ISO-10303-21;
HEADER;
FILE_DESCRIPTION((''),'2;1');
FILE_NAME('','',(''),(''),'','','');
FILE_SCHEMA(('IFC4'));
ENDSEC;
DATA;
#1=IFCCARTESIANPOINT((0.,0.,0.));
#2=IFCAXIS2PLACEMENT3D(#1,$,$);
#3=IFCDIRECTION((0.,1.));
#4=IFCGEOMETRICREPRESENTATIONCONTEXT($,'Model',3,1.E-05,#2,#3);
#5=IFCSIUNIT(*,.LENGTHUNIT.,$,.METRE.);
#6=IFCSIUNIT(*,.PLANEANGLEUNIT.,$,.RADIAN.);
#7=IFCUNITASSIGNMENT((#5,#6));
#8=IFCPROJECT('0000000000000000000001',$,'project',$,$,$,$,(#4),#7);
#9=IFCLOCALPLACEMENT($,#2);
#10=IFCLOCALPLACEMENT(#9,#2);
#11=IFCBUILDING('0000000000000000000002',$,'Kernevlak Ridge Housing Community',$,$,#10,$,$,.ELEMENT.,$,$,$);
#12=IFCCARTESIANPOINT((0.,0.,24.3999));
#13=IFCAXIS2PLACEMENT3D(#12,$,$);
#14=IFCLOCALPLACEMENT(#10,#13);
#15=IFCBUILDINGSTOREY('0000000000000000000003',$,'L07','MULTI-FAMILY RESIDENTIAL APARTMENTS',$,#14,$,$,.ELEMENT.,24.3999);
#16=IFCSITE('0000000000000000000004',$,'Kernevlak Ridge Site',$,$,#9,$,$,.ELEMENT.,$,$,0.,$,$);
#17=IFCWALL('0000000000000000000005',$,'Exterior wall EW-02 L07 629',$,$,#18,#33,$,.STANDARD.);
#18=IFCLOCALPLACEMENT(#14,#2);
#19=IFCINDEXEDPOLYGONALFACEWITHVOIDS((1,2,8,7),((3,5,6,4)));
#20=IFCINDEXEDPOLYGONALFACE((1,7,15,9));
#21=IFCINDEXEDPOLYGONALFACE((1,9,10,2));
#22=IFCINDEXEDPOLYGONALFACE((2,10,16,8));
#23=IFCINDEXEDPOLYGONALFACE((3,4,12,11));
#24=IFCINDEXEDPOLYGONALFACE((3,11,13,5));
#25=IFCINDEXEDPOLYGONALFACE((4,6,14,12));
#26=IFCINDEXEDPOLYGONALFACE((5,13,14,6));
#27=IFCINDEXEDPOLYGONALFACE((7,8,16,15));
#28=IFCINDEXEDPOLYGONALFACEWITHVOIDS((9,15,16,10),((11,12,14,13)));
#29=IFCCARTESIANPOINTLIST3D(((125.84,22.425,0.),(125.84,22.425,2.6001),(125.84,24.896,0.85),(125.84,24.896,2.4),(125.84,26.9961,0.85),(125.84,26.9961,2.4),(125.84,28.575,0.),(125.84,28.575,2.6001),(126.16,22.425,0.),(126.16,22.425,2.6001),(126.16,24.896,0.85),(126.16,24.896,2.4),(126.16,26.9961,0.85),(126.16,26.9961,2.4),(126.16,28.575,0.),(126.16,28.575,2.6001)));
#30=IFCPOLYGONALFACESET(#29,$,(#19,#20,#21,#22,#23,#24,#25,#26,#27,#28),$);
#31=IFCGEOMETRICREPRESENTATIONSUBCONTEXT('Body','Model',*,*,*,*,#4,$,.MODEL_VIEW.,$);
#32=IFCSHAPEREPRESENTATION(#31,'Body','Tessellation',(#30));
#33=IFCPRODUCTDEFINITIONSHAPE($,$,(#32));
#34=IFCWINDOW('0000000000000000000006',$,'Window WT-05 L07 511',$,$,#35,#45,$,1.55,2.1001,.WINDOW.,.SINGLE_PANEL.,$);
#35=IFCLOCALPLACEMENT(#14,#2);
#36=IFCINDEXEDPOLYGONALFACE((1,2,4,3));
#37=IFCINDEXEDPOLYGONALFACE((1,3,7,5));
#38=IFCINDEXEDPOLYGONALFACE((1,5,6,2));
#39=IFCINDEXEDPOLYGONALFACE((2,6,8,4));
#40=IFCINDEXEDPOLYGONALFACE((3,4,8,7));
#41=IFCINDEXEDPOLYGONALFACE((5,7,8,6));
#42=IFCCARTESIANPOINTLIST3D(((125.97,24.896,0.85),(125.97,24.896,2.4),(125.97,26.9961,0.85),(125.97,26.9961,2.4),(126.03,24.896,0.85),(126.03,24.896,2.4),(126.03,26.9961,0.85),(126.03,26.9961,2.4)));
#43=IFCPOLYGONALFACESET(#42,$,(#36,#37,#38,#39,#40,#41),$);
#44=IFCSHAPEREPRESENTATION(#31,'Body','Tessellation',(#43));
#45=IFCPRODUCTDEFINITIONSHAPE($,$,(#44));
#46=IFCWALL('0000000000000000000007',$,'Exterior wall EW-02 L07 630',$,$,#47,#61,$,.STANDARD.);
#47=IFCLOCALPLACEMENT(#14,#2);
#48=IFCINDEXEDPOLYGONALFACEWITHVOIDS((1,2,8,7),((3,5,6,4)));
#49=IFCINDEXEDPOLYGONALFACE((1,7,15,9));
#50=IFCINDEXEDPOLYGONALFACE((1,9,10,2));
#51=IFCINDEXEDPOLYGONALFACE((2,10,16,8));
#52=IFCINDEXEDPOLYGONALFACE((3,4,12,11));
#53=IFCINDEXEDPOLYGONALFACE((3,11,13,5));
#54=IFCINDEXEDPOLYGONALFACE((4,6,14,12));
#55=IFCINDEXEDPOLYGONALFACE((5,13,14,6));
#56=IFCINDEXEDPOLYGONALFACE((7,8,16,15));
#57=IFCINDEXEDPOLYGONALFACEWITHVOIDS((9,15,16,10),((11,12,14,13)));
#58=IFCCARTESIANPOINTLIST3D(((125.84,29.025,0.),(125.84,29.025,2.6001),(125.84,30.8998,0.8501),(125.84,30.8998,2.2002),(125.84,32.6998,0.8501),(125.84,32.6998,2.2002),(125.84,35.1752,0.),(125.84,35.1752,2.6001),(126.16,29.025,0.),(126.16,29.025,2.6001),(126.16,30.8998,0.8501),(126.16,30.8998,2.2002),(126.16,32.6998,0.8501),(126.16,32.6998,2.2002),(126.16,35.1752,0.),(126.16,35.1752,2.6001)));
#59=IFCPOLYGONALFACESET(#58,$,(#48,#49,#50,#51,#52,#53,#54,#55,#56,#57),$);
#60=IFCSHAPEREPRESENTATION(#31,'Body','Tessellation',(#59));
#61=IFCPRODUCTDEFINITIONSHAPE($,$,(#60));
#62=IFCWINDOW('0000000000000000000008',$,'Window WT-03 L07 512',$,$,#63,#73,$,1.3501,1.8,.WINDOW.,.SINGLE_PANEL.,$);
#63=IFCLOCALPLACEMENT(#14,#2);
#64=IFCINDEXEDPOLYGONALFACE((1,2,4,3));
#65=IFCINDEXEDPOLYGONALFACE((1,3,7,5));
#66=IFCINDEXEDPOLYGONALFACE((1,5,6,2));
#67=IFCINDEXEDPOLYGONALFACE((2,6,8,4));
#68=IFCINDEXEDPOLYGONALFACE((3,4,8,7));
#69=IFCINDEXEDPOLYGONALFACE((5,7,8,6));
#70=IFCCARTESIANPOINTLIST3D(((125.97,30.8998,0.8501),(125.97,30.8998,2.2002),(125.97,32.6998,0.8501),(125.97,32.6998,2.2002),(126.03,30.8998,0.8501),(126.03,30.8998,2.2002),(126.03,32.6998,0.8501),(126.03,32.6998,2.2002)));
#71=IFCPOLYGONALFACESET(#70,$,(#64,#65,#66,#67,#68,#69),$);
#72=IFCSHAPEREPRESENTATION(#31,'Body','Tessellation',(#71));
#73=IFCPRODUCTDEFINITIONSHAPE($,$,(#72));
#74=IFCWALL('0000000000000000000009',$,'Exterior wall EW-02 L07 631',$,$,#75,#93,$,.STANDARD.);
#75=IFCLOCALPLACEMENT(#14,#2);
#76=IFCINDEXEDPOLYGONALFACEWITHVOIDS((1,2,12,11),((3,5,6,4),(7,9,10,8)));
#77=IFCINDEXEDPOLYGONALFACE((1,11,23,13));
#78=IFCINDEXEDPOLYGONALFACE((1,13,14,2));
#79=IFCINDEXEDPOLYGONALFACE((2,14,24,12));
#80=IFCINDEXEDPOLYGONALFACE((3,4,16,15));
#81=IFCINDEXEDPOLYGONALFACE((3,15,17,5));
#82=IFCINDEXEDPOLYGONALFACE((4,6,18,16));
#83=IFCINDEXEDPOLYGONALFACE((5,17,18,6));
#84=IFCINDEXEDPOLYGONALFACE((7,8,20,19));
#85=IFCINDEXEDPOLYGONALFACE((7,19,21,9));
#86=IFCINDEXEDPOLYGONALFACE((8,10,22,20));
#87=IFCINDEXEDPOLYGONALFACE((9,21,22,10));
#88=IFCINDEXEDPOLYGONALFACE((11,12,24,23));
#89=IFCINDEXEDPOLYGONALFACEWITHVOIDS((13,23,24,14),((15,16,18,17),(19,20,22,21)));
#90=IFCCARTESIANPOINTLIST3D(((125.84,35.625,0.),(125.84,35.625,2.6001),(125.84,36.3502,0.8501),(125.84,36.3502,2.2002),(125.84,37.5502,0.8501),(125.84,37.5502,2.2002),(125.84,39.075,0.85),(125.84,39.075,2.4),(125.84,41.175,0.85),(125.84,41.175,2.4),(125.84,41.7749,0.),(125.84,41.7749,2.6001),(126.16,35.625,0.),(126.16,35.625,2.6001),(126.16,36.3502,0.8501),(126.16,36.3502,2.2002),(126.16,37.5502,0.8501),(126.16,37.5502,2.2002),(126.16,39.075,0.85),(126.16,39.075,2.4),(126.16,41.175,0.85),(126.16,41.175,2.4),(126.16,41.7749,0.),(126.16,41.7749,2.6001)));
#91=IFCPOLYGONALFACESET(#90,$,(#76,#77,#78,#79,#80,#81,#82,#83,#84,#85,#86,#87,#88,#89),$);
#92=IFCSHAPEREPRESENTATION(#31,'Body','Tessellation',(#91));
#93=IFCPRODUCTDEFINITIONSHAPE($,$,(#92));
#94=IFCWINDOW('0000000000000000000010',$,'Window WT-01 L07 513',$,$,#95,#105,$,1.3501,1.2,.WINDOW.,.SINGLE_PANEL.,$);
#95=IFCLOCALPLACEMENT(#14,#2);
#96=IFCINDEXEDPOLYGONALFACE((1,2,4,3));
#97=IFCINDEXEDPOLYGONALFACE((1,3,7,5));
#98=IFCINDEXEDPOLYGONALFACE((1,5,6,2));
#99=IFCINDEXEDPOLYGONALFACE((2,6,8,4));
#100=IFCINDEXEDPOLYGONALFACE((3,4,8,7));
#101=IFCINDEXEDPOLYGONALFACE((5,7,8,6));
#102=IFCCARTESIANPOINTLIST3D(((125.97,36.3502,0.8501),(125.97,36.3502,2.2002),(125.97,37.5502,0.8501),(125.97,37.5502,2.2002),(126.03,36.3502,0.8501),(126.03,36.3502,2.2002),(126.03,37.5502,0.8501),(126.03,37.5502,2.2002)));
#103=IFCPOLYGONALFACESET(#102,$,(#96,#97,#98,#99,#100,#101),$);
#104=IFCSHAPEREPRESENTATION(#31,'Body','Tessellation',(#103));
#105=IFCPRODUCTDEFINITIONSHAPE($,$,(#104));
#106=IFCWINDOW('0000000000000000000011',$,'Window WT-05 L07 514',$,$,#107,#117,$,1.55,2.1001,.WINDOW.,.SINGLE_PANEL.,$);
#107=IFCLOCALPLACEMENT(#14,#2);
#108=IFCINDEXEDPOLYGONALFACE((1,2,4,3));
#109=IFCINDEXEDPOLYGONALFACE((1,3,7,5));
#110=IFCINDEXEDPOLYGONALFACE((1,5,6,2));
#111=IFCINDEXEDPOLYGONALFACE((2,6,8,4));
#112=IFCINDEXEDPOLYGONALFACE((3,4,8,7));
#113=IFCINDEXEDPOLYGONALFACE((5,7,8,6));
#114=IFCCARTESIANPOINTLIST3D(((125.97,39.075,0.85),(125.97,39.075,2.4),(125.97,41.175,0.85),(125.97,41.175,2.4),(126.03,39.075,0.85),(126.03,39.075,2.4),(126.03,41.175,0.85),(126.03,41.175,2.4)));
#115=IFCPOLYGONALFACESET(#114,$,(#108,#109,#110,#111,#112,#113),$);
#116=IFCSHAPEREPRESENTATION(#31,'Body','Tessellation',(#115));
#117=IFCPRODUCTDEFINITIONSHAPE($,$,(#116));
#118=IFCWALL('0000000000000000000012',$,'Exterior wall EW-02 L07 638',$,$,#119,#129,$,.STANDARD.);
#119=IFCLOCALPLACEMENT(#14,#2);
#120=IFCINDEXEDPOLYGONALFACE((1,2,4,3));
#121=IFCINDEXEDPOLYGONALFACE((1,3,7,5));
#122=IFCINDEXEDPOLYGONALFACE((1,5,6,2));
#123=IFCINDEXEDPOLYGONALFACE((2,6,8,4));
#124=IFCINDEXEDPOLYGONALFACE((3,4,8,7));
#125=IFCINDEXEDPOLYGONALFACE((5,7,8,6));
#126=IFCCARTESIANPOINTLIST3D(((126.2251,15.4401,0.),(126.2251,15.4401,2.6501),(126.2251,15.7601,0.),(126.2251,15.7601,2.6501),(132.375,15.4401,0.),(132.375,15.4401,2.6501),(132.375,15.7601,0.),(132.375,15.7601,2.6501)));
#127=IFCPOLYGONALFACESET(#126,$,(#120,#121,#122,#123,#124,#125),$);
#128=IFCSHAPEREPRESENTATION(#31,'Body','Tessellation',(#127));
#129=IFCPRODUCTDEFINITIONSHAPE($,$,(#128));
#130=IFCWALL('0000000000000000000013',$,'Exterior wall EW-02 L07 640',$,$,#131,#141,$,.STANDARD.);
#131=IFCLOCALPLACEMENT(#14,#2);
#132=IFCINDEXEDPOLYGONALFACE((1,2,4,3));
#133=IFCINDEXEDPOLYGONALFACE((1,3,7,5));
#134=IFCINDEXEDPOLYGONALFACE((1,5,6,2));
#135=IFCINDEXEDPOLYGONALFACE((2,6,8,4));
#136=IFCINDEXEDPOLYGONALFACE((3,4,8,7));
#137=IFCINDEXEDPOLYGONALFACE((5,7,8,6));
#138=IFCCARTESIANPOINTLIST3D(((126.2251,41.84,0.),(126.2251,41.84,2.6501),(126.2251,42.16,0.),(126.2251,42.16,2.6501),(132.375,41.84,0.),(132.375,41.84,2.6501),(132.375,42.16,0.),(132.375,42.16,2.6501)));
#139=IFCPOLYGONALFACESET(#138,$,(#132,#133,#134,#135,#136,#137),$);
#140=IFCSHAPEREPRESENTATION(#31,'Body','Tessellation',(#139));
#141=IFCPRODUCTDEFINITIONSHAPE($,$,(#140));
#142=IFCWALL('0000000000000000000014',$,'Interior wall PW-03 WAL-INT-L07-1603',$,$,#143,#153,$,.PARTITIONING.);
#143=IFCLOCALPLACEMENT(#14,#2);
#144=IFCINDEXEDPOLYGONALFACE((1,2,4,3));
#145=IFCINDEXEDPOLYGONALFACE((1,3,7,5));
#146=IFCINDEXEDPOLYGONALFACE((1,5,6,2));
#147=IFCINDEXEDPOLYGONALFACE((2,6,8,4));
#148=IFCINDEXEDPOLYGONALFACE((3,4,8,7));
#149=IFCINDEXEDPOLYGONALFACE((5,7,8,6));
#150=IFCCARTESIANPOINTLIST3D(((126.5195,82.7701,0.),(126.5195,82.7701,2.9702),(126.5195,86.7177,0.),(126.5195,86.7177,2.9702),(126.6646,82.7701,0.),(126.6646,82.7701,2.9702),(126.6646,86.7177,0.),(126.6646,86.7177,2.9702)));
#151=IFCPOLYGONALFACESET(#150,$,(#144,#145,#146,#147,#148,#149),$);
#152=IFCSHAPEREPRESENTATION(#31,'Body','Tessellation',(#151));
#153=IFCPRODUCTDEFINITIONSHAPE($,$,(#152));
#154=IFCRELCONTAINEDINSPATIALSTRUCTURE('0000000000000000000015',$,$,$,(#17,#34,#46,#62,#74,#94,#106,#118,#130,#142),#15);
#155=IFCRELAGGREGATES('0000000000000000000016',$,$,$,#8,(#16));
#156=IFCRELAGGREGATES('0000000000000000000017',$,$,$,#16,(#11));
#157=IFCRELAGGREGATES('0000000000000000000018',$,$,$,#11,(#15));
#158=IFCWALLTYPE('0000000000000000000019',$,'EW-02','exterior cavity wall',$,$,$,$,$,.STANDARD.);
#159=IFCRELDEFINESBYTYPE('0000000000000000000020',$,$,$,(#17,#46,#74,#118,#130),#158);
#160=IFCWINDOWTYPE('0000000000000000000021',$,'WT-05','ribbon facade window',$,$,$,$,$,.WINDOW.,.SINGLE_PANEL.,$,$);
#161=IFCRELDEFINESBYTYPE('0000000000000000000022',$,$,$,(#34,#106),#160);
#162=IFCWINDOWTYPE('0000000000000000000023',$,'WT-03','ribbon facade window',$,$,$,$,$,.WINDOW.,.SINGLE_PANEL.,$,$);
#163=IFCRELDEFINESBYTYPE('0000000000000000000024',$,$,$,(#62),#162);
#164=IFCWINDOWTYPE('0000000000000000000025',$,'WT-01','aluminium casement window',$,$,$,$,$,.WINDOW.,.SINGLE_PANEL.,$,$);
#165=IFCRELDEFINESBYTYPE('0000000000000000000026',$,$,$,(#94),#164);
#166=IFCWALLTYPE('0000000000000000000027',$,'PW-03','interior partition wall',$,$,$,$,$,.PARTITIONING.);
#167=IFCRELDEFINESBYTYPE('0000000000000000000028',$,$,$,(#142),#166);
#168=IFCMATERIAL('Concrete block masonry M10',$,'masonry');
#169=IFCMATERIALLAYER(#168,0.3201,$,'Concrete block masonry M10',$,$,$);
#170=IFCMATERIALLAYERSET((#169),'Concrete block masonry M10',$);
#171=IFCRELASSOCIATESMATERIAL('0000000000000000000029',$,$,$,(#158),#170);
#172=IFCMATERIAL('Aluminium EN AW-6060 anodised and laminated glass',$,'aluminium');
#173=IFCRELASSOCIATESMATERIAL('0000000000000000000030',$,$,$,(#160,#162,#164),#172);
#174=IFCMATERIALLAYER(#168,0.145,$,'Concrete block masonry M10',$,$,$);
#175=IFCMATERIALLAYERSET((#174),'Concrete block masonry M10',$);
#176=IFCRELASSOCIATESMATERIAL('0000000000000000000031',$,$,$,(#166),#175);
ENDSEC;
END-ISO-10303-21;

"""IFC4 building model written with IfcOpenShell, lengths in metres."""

from ifc_helpers import new_model, si_unit, direction, frame, frame_2d, origin, place, context, subcontext, project, spatial, rectangle, extrude, material, layer, layer_set, type_object, element, fill, save


model = new_model("IFC4")

# Units and contexts
model_context = context("Model", 3, precision=1e-05, world=origin(), true_north=direction((0.0, 1.0)))
body_context = subcontext(model_context, "Body", "Model", "MODEL_VIEW")
ifc_project = project(units=[si_unit("LENGTHUNIT", "METRE"), si_unit("PLANEANGLEUNIT", "RADIAN")], contexts=[model_context])

# Site, building, storey
site_placement = place(None, origin())
site = spatial("IfcSite", under=ifc_project, at=site_placement, Name="Kernevlak Ridge Site", CompositionType="ELEMENT", RefElevation=0.0)
building_placement = place(site_placement, origin())
building = spatial("IfcBuilding", under=site, at=building_placement, Name="Kernevlak Ridge Housing Community", CompositionType="ELEMENT")
storey_placement = place(building_placement, frame((0.0, 0.0, 24.3999)))
storey = spatial("IfcBuildingStorey", under=building, at=storey_placement, Name="L07", Description="MULTI-FAMILY RESIDENTIAL APARTMENTS", CompositionType="ELEMENT", Elevation=24.3999)

# Walls, openings, windows
ifc_material_1 = material(Name="Concrete block masonry M10", Category="masonry")
ifc_layer_1 = layer(ifc_material_1, 0.3201, Name="Concrete block masonry M10")
ifc_layer_set_1 = layer_set([ifc_layer_1], Name="Concrete block masonry M10")
wall_type_1 = type_object("IfcWallType", Name="EW-02", Description="exterior cavity wall", PredefinedType="STANDARD", material=ifc_layer_set_1)
ifc_material_2 = material(Name="Aluminium EN AW-6060 anodised and laminated glass", Category="aluminium")
window_type_1 = type_object("IfcWindowType", Name="WT-05", Description="ribbon facade window", PartitioningType="SINGLE_PANEL", PredefinedType="WINDOW", material=ifc_material_2)
wall_1_placement = place(storey_placement, frame((126.0, 22.425, 0.0), z_axis=(0.0, 0.0, 1.0), x_axis=(0.0, 1.0, 0.0)))
wall_1 = element("IfcWall", 1, at=wall_1_placement, inside=storey, type_object=wall_type_1, Name="Exterior wall EW-02 L07 629", PredefinedType="STANDARD", context=body_context, shape_type="SweptSolid", body=[
    extrude(rectangle(XDim=6.1499, YDim=0.3201, at=frame_2d((3.075, 0.0))), origin(), (0.0, 0.0, 1.0), 2.6001),
])
opening_1_placement = place(wall_1_placement, frame((2.4709, 0.0, 0.8501)))
opening_1 = element("IfcOpeningElement", 2, at=opening_1_placement, cuts=wall_1, PredefinedType="OPENING", context=body_context, shape_type="SweptSolid", body=[
    extrude(rectangle(XDim=2.1001, YDim=1.55, at=frame_2d((1.05, 0.7749))), frame((0.0, 0.1699, 0.0), z_axis=(0.0, -1.0, 0.0), x_axis=(1.0, 0.0, 0.0)), (0.0, 0.0, 1.0), 0.3401),
])
window_1_placement = place(opening_1_placement, origin())
window_1 = element("IfcWindow", 3, at=window_1_placement, inside=storey, type_object=window_type_1, Name="Window WT-05 L07 511", OverallHeight=1.55, OverallWidth=2.1001, PartitioningType="SINGLE_PANEL", PredefinedType="WINDOW", context=body_context, shape_type="SweptSolid", body=[
    extrude(rectangle(XDim=2.1001, YDim=1.55, at=frame_2d((1.05, 0.7749))), frame((0.0, 0.03, 0.0), z_axis=(0.0, -1.0, 0.0), x_axis=(1.0, 0.0, 0.0)), (0.0, 0.0, 1.0), 0.0601),
])
fill(opening_1, window_1)
wall_2_placement = place(storey_placement, frame((126.0, 29.0249, 0.0), z_axis=(0.0, 0.0, 1.0), x_axis=(0.0, 1.0, 0.0)))
wall_2 = element("IfcWall", 4, at=wall_2_placement, inside=storey, type_object=wall_type_1, Name="Exterior wall EW-02 L07 630", PredefinedType="STANDARD", context=body_context, shape_type="SweptSolid", body=[
    extrude(rectangle(XDim=6.1501, YDim=0.3201, at=frame_2d((3.0752, 0.0))), origin(), (0.0, 0.0, 1.0), 2.6001),
])
opening_2_placement = place(wall_2_placement, frame((1.875, 0.0, 0.8501)))
opening_2 = element("IfcOpeningElement", 5, at=opening_2_placement, cuts=wall_2, PredefinedType="OPENING", context=body_context, shape_type="SweptSolid", body=[
    extrude(rectangle(XDim=1.8, YDim=1.3501, at=frame_2d((0.8999, 0.675))), frame((0.0, 0.1699, 0.0), z_axis=(0.0, -1.0, 0.0), x_axis=(1.0, 0.0, 0.0)), (0.0, 0.0, 1.0), 0.3401),
])
window_type_2 = type_object("IfcWindowType", Name="WT-03", Description="ribbon facade window", PartitioningType="SINGLE_PANEL", PredefinedType="WINDOW", material=ifc_material_2)
window_2_placement = place(opening_2_placement, origin())
window_2 = element("IfcWindow", 6, at=window_2_placement, inside=storey, type_object=window_type_2, Name="Window WT-03 L07 512", OverallHeight=1.3501, OverallWidth=1.8, PartitioningType="SINGLE_PANEL", PredefinedType="WINDOW", context=body_context, shape_type="SweptSolid", body=[
    extrude(rectangle(XDim=1.8, YDim=1.3501, at=frame_2d((0.8999, 0.675))), frame((0.0, 0.03, 0.0), z_axis=(0.0, -1.0, 0.0), x_axis=(1.0, 0.0, 0.0)), (0.0, 0.0, 1.0), 0.0601),
])
fill(opening_2, window_2)

# Wall, openings, windows
wall_3_placement = place(storey_placement, frame((126.0, 35.625, 0.0), z_axis=(0.0, 0.0, 1.0), x_axis=(0.0, 1.0, 0.0)))
wall_3 = element("IfcWall", 7, at=wall_3_placement, inside=storey, type_object=wall_type_1, Name="Exterior wall EW-02 L07 631", PredefinedType="STANDARD", context=body_context, shape_type="SweptSolid", body=[
    extrude(rectangle(XDim=6.1499, YDim=0.3201, at=frame_2d((3.075, 0.0))), origin(), (0.0, 0.0, 1.0), 2.6001),
])
opening_3_placement = place(wall_3_placement, frame((0.7251, 0.0, 0.8501)))
opening_3 = element("IfcOpeningElement", 8, at=opening_3_placement, cuts=wall_3, PredefinedType="OPENING", context=body_context, shape_type="SweptSolid", body=[
    extrude(rectangle(XDim=1.2, YDim=1.3501, at=frame_2d((0.6001, 0.675))), frame((0.0, 0.1699, 0.0), z_axis=(0.0, -1.0, 0.0), x_axis=(1.0, 0.0, 0.0)), (0.0, 0.0, 1.0), 0.3401),
])
opening_4_placement = place(wall_3_placement, frame((3.45, 0.0, 0.8501)))
opening_4 = element("IfcOpeningElement", 9, at=opening_4_placement, cuts=wall_3, PredefinedType="OPENING", context=body_context, shape_type="SweptSolid", body=[
    extrude(rectangle(XDim=2.1001, YDim=1.55, at=frame_2d((1.05, 0.7749))), frame((0.0, 0.1699, 0.0), z_axis=(0.0, -1.0, 0.0), x_axis=(1.0, 0.0, 0.0)), (0.0, 0.0, 1.0), 0.3401),
])
window_type_3 = type_object("IfcWindowType", Name="WT-01", Description="aluminium casement window", PartitioningType="SINGLE_PANEL", PredefinedType="WINDOW", material=ifc_material_2)
window_3_placement = place(opening_3_placement, origin())
window_3 = element("IfcWindow", 10, at=window_3_placement, inside=storey, type_object=window_type_3, Name="Window WT-01 L07 513", OverallHeight=1.3501, OverallWidth=1.2, PartitioningType="SINGLE_PANEL", PredefinedType="WINDOW", context=body_context, shape_type="SweptSolid", body=[
    extrude(rectangle(XDim=1.2, YDim=1.3501, at=frame_2d((0.6001, 0.675))), frame((0.0, 0.03, 0.0), z_axis=(0.0, -1.0, 0.0), x_axis=(1.0, 0.0, 0.0)), (0.0, 0.0, 1.0), 0.0601),
])
fill(opening_3, window_3)
window_4_placement = place(opening_4_placement, origin())
window_4 = element("IfcWindow", 11, at=window_4_placement, inside=storey, type_object=window_type_1, Name="Window WT-05 L07 514", OverallHeight=1.55, OverallWidth=2.1001, PartitioningType="SINGLE_PANEL", PredefinedType="WINDOW", context=body_context, shape_type="SweptSolid", body=[
    extrude(rectangle(XDim=2.1001, YDim=1.55, at=frame_2d((1.05, 0.7749))), frame((0.0, 0.03, 0.0), z_axis=(0.0, -1.0, 0.0), x_axis=(1.0, 0.0, 0.0)), (0.0, 0.0, 1.0), 0.0601),
])
fill(opening_4, window_4)

# Walls
for number, where, z_axis, x_axis, name in (
    (12, (126.2251, 15.6001, 0.0), (0.0, 0.0, 1.0), (1.0, 0.0, 0.0), "Exterior wall EW-02 L07 638"),
    (13, (126.2251, 42.0, 0.0), (0.0, 0.0, 1.0), (1.0, 0.0, 0.0), "Exterior wall EW-02 L07 640"),
):
    element("IfcWall", number, at=place(storey_placement, frame(where, z_axis=z_axis, x_axis=x_axis)), inside=storey, type_object=wall_type_1, Name=name, PredefinedType="STANDARD", context=body_context, shape_type="SweptSolid", body=[
        extrude(rectangle(XDim=6.1499, YDim=0.3201, at=frame_2d((3.075, 0.0))), origin(), (0.0, 0.0, 1.0), 2.6501),
    ])
ifc_layer_2 = layer(ifc_material_1, 0.145, Name="Concrete block masonry M10")
ifc_layer_set_2 = layer_set([ifc_layer_2], Name="Concrete block masonry M10")
wall_type_2 = type_object("IfcWallType", Name="PW-03", Description="interior partition wall", PredefinedType="PARTITIONING", material=ifc_layer_set_2)
wall_4_placement = place(storey_placement, frame((126.592, 86.7175, 0.0), z_axis=(0.0, 0.0, 1.0), x_axis=(0.0, -1.0, 0.0)))
element("IfcWall", 14, at=wall_4_placement, inside=storey, type_object=wall_type_2, Name="Interior wall PW-03 WAL-INT-L07-1603", PredefinedType="PARTITIONING", context=body_context, shape_type="SweptSolid", body=[
    extrude(rectangle(XDim=3.9475, YDim=0.145, at=frame_2d((1.9736, 0.0))), origin(), (0.0, 0.0, 1.0), 2.9702),
])

save(model, "model.ifc")
